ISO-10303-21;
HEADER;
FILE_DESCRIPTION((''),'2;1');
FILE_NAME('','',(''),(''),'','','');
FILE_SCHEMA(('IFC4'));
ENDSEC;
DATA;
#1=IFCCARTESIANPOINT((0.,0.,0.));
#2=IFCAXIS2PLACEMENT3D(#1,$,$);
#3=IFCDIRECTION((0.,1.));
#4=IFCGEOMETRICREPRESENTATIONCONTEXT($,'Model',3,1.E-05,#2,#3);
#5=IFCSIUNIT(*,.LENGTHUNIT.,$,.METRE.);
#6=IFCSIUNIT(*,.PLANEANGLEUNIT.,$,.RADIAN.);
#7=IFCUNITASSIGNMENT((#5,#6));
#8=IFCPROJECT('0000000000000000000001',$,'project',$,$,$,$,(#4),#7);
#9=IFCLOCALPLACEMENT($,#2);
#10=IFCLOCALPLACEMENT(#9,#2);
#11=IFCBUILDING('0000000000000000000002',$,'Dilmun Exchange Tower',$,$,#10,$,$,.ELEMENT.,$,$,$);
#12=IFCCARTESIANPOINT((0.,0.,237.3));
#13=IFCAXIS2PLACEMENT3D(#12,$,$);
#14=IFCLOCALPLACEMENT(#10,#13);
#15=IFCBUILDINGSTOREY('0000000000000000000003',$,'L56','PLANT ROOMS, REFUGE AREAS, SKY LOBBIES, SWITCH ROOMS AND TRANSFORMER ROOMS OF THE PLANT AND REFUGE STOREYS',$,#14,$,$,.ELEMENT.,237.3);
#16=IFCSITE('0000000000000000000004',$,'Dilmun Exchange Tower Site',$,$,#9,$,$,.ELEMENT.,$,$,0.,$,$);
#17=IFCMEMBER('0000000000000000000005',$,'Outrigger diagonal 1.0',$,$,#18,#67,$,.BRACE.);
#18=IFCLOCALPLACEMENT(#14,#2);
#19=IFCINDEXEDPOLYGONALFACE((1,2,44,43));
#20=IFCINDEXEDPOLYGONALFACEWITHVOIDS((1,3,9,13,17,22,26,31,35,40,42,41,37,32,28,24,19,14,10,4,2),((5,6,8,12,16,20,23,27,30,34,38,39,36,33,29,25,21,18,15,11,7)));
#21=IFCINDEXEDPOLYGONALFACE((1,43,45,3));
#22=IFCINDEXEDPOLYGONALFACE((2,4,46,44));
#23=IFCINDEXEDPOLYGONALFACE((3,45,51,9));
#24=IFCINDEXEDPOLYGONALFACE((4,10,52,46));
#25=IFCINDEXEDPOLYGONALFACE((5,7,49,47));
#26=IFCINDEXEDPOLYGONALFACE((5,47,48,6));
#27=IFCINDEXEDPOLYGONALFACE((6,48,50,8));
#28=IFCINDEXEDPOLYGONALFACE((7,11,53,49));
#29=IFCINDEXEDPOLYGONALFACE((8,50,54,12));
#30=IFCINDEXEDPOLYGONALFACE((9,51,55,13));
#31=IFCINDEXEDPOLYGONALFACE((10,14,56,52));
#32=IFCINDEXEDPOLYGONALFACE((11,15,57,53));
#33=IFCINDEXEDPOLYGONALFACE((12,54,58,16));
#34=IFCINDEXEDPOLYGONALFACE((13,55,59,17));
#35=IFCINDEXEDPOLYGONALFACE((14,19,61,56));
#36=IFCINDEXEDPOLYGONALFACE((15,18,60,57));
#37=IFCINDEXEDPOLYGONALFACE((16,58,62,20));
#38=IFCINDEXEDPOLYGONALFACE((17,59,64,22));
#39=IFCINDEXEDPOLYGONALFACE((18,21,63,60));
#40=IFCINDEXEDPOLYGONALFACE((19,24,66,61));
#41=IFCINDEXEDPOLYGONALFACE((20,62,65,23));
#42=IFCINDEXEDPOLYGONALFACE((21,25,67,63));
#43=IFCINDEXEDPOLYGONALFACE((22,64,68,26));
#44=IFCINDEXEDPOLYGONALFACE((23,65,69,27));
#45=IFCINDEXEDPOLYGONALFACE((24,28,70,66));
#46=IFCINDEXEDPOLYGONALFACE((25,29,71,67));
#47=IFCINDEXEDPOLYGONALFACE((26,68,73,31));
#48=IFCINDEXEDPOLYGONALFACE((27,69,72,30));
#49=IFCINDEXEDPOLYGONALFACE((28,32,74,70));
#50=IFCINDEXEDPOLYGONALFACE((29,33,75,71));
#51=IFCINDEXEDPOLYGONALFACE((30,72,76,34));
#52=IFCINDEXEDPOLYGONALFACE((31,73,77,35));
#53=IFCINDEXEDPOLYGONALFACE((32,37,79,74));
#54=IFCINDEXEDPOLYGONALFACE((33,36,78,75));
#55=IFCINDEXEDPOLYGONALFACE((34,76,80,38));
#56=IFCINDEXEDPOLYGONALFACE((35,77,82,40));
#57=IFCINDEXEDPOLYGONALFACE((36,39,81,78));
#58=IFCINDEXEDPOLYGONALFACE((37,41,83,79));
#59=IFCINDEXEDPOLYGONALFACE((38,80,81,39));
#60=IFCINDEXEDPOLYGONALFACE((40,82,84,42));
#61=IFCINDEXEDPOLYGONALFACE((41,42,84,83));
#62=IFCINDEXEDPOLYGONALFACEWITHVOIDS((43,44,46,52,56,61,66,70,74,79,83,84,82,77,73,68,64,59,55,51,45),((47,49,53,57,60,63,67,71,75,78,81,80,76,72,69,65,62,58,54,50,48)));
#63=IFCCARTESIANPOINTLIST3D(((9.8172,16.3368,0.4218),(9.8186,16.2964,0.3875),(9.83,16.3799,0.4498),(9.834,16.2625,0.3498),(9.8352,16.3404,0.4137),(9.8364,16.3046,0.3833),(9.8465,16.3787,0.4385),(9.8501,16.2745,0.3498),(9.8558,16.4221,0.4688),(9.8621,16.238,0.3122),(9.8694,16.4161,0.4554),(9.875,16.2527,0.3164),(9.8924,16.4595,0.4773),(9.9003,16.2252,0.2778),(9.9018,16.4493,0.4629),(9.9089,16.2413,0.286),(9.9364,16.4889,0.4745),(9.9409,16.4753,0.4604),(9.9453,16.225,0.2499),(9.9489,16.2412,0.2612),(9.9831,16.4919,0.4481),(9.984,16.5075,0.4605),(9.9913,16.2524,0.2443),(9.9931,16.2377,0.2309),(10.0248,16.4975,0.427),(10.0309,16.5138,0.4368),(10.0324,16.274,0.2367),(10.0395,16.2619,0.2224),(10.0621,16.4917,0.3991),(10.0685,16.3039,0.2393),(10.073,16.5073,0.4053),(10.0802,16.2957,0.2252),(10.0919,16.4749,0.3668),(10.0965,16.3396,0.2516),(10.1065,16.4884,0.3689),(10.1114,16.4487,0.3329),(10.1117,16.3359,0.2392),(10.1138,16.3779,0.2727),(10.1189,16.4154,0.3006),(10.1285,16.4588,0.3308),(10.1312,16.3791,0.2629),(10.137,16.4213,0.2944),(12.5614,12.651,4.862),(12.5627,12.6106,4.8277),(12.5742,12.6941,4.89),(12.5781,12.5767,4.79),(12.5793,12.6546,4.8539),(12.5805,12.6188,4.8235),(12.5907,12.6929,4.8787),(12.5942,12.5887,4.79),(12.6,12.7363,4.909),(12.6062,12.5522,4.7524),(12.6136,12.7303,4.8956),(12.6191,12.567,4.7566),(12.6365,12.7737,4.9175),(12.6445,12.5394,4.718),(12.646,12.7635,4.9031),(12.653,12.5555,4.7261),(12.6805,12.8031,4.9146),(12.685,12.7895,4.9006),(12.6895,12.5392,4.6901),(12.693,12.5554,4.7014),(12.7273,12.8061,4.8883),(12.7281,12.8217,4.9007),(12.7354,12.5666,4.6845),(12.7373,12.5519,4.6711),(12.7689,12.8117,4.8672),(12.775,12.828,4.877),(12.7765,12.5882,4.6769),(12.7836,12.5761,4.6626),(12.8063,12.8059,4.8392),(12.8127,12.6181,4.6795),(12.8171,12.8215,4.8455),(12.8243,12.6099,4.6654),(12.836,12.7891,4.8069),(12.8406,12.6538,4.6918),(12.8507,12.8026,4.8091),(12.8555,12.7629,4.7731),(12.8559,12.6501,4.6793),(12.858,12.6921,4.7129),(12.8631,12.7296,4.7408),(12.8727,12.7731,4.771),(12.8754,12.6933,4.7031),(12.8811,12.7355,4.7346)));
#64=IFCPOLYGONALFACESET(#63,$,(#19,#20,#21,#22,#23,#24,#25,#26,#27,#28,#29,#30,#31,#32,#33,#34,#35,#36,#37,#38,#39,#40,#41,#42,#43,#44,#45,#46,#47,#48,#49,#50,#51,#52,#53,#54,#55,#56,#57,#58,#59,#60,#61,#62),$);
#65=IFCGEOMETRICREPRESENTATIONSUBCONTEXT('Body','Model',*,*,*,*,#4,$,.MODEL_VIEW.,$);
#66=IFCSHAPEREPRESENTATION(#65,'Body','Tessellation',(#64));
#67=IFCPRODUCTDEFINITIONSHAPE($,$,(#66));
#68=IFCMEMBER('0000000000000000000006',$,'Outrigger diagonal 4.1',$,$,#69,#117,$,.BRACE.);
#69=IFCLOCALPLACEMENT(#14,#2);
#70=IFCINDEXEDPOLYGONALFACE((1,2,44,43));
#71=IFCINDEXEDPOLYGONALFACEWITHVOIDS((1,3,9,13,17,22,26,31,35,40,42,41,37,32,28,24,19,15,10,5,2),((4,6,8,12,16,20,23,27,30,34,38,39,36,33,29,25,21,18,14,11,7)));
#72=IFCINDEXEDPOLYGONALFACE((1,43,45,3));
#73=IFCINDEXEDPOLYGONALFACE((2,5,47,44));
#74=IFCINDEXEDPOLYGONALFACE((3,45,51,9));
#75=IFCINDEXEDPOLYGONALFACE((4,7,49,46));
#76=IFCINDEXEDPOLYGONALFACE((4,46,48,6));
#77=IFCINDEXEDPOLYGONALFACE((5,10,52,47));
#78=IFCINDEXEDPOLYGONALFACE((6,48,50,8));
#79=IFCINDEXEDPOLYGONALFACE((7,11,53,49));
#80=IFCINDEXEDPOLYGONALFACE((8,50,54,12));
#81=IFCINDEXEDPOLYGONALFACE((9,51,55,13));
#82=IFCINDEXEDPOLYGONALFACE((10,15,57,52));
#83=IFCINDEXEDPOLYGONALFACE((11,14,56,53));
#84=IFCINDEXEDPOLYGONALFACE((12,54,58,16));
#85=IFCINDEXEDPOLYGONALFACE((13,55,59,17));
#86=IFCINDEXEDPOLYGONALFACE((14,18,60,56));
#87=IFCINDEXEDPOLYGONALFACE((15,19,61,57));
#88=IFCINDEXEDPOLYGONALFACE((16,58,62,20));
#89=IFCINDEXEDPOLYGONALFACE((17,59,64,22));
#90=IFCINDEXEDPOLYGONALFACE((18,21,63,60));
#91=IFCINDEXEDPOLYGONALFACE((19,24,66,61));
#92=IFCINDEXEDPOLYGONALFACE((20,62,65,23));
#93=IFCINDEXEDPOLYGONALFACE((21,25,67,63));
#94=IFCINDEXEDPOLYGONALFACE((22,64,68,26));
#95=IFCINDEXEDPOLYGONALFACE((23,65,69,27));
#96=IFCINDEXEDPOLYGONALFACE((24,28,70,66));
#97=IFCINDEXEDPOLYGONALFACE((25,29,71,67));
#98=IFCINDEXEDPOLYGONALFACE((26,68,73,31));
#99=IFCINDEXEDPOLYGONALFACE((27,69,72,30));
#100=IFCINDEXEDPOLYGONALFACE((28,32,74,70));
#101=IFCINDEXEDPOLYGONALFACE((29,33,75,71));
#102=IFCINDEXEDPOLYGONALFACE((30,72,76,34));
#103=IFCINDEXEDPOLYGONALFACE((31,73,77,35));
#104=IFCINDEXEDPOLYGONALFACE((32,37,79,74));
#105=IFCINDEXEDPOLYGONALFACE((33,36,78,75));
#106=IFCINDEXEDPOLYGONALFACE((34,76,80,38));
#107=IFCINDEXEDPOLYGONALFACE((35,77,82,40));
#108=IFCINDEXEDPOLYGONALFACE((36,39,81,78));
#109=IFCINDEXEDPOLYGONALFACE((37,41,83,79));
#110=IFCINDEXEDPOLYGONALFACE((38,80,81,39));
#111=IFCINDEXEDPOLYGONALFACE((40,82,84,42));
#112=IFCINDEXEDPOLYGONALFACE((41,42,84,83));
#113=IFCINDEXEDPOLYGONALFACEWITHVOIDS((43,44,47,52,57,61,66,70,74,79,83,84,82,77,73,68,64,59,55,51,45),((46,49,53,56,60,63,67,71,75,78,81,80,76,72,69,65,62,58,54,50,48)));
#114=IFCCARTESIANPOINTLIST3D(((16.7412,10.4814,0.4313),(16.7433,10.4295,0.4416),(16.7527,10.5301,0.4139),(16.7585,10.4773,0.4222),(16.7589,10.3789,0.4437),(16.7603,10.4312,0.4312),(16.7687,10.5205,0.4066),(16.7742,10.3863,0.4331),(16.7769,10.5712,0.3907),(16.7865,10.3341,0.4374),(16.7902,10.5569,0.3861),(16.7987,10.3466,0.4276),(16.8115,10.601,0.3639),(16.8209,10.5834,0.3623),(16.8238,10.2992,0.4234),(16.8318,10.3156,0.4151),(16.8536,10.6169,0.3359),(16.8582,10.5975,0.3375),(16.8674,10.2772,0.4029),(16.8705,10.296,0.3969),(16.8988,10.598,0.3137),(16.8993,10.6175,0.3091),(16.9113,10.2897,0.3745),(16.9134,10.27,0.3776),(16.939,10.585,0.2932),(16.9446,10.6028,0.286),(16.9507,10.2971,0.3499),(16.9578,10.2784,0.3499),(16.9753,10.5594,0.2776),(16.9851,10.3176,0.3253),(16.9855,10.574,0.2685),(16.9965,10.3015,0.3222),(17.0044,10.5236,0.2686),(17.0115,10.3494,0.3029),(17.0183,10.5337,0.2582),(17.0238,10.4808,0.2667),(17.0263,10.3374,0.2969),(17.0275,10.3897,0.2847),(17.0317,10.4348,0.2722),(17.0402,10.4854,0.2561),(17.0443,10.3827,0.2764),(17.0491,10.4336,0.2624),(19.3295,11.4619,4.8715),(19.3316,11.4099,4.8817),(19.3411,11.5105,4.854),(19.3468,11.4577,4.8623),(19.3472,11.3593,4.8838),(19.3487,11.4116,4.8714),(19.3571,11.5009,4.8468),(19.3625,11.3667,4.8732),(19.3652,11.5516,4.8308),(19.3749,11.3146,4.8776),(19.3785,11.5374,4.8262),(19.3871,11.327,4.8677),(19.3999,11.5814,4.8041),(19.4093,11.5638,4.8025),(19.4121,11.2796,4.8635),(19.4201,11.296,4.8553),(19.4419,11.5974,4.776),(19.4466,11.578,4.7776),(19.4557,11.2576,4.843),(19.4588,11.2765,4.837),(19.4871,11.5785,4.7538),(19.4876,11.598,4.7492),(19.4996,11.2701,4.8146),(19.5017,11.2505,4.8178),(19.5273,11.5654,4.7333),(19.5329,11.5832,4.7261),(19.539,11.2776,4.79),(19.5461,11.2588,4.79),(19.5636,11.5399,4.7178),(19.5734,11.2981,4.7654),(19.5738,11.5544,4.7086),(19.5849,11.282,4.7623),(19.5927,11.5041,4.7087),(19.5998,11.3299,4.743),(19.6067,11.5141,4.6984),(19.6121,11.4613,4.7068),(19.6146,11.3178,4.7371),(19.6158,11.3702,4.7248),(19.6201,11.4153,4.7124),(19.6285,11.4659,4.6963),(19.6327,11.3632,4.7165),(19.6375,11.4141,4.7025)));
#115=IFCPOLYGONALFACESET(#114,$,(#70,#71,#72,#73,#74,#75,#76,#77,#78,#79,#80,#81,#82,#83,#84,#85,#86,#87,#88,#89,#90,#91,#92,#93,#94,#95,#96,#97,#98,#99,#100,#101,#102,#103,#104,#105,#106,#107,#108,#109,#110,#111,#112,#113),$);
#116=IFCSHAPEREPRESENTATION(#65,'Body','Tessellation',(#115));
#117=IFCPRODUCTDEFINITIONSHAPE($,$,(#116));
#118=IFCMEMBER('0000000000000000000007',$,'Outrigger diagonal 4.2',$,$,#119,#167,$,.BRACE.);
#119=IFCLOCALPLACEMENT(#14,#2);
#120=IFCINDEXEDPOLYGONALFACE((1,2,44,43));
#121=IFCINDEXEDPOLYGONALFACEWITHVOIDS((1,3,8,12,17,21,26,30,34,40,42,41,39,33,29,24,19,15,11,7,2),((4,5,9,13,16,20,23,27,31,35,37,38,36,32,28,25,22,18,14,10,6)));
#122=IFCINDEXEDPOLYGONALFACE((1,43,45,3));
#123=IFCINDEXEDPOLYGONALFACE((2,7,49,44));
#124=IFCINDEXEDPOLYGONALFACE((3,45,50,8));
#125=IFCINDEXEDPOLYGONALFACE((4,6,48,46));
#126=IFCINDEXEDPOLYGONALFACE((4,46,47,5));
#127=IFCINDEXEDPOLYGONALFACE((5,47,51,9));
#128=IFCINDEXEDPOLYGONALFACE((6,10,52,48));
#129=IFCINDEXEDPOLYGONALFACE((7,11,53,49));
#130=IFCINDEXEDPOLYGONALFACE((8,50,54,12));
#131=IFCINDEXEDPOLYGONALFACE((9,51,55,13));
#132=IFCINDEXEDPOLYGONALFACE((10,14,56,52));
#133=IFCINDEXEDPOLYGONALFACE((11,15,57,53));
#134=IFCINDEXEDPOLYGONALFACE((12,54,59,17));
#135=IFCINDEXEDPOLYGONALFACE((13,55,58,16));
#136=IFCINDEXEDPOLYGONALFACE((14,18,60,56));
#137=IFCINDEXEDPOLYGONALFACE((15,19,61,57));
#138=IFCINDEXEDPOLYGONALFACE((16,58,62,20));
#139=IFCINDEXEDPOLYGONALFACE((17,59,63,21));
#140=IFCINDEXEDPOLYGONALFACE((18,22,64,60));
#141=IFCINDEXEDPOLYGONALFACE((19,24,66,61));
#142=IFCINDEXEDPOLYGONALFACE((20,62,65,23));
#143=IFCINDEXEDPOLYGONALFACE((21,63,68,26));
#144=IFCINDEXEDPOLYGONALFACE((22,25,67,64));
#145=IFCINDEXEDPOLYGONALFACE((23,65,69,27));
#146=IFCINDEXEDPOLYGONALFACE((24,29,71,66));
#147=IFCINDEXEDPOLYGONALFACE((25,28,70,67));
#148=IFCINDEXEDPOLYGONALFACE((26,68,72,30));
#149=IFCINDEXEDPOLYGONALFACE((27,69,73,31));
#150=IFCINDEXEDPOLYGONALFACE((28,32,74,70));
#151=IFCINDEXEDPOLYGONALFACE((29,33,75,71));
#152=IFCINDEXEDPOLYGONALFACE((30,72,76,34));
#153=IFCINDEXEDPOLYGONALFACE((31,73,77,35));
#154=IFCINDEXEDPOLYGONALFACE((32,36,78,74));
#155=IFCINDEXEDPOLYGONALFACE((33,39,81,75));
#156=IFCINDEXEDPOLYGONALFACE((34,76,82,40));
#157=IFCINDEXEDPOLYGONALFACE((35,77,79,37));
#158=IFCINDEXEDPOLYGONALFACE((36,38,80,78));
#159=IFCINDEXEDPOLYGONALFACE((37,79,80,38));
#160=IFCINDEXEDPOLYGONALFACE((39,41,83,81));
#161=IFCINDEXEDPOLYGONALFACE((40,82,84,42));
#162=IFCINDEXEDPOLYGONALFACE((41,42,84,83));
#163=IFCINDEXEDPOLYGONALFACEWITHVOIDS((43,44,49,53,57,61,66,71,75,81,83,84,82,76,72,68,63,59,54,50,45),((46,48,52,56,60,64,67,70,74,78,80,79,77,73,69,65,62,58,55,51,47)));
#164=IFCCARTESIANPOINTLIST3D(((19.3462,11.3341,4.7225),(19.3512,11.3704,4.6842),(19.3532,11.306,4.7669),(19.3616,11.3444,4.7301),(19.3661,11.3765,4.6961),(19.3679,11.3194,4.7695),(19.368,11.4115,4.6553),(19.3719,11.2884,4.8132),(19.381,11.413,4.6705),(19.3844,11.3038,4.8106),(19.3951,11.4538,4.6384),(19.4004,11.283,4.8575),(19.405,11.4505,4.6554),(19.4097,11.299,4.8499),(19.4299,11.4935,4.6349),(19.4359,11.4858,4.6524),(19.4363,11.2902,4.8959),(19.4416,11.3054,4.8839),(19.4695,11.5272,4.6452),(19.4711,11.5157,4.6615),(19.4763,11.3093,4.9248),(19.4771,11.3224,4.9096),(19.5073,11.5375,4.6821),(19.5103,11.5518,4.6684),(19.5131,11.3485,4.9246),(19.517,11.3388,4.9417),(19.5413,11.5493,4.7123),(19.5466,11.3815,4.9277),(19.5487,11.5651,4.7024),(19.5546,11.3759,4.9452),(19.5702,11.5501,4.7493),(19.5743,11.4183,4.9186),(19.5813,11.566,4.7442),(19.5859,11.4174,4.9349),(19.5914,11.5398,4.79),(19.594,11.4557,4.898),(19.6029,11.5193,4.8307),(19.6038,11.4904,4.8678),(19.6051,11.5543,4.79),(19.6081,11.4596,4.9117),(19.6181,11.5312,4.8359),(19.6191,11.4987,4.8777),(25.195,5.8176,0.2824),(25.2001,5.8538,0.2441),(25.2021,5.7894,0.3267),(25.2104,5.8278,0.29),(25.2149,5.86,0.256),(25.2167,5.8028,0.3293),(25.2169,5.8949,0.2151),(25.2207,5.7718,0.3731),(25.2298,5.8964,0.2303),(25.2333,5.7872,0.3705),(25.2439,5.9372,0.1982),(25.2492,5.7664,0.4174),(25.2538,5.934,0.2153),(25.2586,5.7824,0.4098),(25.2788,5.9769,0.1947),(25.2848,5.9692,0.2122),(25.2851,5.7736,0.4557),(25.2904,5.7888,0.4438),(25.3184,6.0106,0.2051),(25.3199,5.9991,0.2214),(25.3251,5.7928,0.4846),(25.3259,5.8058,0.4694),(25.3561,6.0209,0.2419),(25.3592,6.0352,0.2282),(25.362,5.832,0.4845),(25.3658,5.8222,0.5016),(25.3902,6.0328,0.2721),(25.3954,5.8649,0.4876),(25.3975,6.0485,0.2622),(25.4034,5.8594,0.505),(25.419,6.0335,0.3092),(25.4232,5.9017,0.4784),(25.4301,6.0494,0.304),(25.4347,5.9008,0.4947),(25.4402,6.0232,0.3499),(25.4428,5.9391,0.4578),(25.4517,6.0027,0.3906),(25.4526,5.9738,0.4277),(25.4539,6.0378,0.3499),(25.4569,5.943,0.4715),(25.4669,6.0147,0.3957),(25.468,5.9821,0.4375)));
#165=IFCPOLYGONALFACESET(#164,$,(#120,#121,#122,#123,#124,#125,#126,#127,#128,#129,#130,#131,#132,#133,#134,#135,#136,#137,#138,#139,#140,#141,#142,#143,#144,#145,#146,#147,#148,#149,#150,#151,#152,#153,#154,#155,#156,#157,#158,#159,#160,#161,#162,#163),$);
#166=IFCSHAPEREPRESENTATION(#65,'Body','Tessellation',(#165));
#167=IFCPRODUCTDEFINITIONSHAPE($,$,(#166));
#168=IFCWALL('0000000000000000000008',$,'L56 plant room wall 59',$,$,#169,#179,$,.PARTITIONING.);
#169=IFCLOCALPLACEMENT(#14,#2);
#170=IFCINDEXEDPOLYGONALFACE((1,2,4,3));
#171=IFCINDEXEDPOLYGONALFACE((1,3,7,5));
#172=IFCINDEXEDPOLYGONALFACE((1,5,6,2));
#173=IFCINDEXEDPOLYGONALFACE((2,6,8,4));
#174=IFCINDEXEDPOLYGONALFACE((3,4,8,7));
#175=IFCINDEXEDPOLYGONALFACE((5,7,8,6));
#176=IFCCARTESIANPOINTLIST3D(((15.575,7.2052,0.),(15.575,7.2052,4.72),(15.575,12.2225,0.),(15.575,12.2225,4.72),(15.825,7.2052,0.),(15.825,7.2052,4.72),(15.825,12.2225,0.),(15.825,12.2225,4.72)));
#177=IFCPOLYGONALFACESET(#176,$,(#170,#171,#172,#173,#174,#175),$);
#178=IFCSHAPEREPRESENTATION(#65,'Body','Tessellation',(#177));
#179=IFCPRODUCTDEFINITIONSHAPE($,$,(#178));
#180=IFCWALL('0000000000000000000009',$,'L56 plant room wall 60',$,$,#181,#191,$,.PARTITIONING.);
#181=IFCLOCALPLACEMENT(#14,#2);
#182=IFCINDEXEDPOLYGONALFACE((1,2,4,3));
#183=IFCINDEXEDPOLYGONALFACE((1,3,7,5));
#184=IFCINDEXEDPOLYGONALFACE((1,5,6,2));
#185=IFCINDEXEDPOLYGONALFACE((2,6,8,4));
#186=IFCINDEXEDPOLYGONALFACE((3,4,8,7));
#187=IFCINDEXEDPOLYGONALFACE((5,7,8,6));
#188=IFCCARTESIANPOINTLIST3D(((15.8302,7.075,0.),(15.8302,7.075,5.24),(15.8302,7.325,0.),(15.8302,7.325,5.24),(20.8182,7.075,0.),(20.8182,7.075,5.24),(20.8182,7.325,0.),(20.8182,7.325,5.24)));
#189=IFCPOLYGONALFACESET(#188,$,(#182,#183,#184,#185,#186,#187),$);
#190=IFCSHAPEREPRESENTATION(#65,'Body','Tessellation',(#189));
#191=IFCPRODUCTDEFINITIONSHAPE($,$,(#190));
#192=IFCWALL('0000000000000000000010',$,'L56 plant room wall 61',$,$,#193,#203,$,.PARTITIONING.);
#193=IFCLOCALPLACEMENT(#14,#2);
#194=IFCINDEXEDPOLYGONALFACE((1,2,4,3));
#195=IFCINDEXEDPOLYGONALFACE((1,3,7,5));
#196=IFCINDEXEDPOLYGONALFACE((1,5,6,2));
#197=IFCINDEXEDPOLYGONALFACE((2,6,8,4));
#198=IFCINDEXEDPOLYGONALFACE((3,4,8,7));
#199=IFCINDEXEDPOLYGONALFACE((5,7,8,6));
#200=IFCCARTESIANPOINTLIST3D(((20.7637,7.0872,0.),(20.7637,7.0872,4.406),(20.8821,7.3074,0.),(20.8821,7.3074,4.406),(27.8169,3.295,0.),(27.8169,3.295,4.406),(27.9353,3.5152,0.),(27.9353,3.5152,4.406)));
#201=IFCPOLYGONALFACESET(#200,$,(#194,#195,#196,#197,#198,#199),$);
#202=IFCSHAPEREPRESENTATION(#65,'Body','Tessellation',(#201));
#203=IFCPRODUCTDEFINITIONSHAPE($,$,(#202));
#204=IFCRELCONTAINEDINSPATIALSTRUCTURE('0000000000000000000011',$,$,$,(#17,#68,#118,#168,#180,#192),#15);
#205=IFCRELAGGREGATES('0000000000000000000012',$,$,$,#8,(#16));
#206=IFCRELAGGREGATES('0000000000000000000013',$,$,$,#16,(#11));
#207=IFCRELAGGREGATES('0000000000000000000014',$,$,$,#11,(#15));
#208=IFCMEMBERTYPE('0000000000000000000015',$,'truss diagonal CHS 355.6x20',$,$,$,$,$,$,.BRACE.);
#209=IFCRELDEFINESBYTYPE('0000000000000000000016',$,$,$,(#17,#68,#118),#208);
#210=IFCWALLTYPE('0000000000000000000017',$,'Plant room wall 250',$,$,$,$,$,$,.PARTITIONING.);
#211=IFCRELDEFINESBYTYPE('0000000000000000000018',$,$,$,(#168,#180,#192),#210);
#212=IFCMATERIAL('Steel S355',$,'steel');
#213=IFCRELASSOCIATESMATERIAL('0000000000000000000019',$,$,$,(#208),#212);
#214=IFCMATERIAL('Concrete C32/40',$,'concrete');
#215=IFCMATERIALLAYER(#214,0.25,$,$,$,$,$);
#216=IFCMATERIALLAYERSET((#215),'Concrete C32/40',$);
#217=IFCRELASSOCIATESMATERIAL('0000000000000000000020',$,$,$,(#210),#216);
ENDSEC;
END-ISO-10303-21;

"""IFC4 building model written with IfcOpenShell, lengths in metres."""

from ifc_helpers import new_model, si_unit, direction, frame, frame_2d, origin, origin_2d, place, context, subcontext, project, spatial, rectangle, hollow_circle, extrude, material, layer, layer_set, material_profile, profile_set, type_object, element, save


model = new_model("IFC4")

# Units and contexts
model_context = context("Model", 3, precision=1e-05, world=origin(), true_north=direction((0.0, 1.0)))
body_context = subcontext(model_context, "Body", "Model", "MODEL_VIEW")
ifc_project = project(units=[si_unit("LENGTHUNIT", "METRE"), si_unit("PLANEANGLEUNIT", "RADIAN")], contexts=[model_context])

# Site, building, storey
site_placement = place(None, origin())
site = spatial("IfcSite", under=ifc_project, at=site_placement, Name="Dilmun Exchange Tower Site", CompositionType="ELEMENT", RefElevation=0.0)
building_placement = place(site_placement, origin())
building = spatial("IfcBuilding", under=site, at=building_placement, Name="Dilmun Exchange Tower", CompositionType="ELEMENT")
storey_placement = place(building_placement, frame((0.0, 0.0, 237.3)))
storey = spatial("IfcBuildingStorey", under=building, at=storey_placement, Name="L56", Description="PLANT ROOMS, REFUGE AREAS, SKY LOBBIES, SWITCH ROOMS AND TRANSFORMER ROOMS OF THE PLANT AND REFUGE STOREYS", CompositionType="ELEMENT", Elevation=237.3)

# Shared definitions
ifc_material_1 = material(Name="Steel S355", Category="steel")

# Members
ifc_material_profile_1 = material_profile(ifc_material_1, hollow_circle(Radius=0.1777, WallThickness=0.02, at=origin_2d()), Name="CHS 355.6x20")
ifc_profile_set_1 = profile_set([ifc_material_profile_1], Name="Steel S355")
member_type_1 = type_object("IfcMemberType", Name="truss diagonal CHS 355.6x20", PredefinedType="BRACE", material=ifc_profile_set_1)
member_1_placement = place(storey_placement, frame((12.7207, 12.6829, 4.79), z_axis=(-0.429451, 0.576817, -0.694877), x_axis=(-0.802105, -0.597183, 0.0)))
element("IfcMember", 1, at=member_1_placement, inside=storey, type_object=member_type_1, Name="Outrigger diagonal 1.0", PredefinedType="BRACE", context=body_context, shape_type="SweptSolid", body=[
    extrude(hollow_circle(Radius=0.1777, WallThickness=0.02, at=origin_2d()), origin(), (0.0, 0.0, 1.0), 6.3899),
])
member_2_placement = place(storey_placement, frame((19.4832, 11.425, 4.79), z_axis=(-0.494699, -0.18739, -0.848621), x_axis=(0.354234, -0.935157, 0.0)))
element("IfcMember", 2, at=member_2_placement, inside=storey, type_object=member_type_1, Name="Outrigger diagonal 4.1", PredefinedType="BRACE", context=body_context, shape_type="SweptSolid", body=[
    extrude(hollow_circle(Radius=0.1777, WallThickness=0.02, at=origin_2d()), origin(), (0.0, 0.0, 1.0), 5.2322),
])
member_3_placement = place(storey_placement, frame((19.4832, 11.425, 4.79), z_axis=(0.636811, -0.600634, -0.483436), x_axis=(0.686141, 0.727469, 0.0)))
element("IfcMember", 3, at=member_3_placement, inside=storey, type_object=member_type_1, Name="Outrigger diagonal 4.2", PredefinedType="BRACE", context=body_context, shape_type="SweptSolid", body=[
    extrude(hollow_circle(Radius=0.1777, WallThickness=0.02, at=origin_2d()), origin(), (0.0, 0.0, 1.0), 9.1846),
])

# Walls
ifc_material_2 = material(Name="Concrete C32/40", Category="concrete")
ifc_layer = layer(ifc_material_2, 0.25)
ifc_layer_set = layer_set([ifc_layer], Name="Concrete C32/40")
wall_type = type_object("IfcWallType", Name="Plant room wall 250", PredefinedType="PARTITIONING", material=ifc_layer_set)
wall_1_placement = place(storey_placement, frame((15.7, 7.2051, 0.0), z_axis=(0.0, 0.0, 1.0), x_axis=(0.0, 1.0, 0.0)))
element("IfcWall", 4, at=wall_1_placement, inside=storey, type_object=wall_type, Name="L56 plant room wall 59", PredefinedType="PARTITIONING", context=body_context, shape_type="SweptSolid", body=[
    extrude(rectangle(XDim=5.0173, YDim=0.25, at=frame_2d((2.5088, 0.0))), origin(), (0.0, 0.0, 1.0), 4.72),
])
wall_2_placement = place(storey_placement, frame((15.8301, 7.2, 0.0), z_axis=(0.0, 0.0, 1.0), x_axis=(1.0, 0.0, 0.0)))
element("IfcWall", 5, at=wall_2_placement, inside=storey, type_object=wall_type, Name="L56 plant room wall 60", PredefinedType="PARTITIONING", context=body_context, shape_type="SweptSolid", body=[
    extrude(rectangle(XDim=4.988, YDim=0.25, at=frame_2d((2.4941, 0.0))), origin(), (0.0, 0.0, 1.0), 5.24),
])
wall_3_placement = place(storey_placement, frame((20.823, 7.1973, 0.0), z_axis=(0.0, 0.0, 1.0), x_axis=(0.880766, -0.473553, 0.0)))
element("IfcWall", 6, at=wall_3_placement, inside=storey, type_object=wall_type, Name="L56 plant room wall 61", PredefinedType="PARTITIONING", context=body_context, shape_type="SweptSolid", body=[
    extrude(rectangle(XDim=8.0081, YDim=0.25, at=frame_2d((4.0039, 0.0))), origin(), (0.0, 0.0, 1.0), 4.406),
])

save(model, "model.ifc")
